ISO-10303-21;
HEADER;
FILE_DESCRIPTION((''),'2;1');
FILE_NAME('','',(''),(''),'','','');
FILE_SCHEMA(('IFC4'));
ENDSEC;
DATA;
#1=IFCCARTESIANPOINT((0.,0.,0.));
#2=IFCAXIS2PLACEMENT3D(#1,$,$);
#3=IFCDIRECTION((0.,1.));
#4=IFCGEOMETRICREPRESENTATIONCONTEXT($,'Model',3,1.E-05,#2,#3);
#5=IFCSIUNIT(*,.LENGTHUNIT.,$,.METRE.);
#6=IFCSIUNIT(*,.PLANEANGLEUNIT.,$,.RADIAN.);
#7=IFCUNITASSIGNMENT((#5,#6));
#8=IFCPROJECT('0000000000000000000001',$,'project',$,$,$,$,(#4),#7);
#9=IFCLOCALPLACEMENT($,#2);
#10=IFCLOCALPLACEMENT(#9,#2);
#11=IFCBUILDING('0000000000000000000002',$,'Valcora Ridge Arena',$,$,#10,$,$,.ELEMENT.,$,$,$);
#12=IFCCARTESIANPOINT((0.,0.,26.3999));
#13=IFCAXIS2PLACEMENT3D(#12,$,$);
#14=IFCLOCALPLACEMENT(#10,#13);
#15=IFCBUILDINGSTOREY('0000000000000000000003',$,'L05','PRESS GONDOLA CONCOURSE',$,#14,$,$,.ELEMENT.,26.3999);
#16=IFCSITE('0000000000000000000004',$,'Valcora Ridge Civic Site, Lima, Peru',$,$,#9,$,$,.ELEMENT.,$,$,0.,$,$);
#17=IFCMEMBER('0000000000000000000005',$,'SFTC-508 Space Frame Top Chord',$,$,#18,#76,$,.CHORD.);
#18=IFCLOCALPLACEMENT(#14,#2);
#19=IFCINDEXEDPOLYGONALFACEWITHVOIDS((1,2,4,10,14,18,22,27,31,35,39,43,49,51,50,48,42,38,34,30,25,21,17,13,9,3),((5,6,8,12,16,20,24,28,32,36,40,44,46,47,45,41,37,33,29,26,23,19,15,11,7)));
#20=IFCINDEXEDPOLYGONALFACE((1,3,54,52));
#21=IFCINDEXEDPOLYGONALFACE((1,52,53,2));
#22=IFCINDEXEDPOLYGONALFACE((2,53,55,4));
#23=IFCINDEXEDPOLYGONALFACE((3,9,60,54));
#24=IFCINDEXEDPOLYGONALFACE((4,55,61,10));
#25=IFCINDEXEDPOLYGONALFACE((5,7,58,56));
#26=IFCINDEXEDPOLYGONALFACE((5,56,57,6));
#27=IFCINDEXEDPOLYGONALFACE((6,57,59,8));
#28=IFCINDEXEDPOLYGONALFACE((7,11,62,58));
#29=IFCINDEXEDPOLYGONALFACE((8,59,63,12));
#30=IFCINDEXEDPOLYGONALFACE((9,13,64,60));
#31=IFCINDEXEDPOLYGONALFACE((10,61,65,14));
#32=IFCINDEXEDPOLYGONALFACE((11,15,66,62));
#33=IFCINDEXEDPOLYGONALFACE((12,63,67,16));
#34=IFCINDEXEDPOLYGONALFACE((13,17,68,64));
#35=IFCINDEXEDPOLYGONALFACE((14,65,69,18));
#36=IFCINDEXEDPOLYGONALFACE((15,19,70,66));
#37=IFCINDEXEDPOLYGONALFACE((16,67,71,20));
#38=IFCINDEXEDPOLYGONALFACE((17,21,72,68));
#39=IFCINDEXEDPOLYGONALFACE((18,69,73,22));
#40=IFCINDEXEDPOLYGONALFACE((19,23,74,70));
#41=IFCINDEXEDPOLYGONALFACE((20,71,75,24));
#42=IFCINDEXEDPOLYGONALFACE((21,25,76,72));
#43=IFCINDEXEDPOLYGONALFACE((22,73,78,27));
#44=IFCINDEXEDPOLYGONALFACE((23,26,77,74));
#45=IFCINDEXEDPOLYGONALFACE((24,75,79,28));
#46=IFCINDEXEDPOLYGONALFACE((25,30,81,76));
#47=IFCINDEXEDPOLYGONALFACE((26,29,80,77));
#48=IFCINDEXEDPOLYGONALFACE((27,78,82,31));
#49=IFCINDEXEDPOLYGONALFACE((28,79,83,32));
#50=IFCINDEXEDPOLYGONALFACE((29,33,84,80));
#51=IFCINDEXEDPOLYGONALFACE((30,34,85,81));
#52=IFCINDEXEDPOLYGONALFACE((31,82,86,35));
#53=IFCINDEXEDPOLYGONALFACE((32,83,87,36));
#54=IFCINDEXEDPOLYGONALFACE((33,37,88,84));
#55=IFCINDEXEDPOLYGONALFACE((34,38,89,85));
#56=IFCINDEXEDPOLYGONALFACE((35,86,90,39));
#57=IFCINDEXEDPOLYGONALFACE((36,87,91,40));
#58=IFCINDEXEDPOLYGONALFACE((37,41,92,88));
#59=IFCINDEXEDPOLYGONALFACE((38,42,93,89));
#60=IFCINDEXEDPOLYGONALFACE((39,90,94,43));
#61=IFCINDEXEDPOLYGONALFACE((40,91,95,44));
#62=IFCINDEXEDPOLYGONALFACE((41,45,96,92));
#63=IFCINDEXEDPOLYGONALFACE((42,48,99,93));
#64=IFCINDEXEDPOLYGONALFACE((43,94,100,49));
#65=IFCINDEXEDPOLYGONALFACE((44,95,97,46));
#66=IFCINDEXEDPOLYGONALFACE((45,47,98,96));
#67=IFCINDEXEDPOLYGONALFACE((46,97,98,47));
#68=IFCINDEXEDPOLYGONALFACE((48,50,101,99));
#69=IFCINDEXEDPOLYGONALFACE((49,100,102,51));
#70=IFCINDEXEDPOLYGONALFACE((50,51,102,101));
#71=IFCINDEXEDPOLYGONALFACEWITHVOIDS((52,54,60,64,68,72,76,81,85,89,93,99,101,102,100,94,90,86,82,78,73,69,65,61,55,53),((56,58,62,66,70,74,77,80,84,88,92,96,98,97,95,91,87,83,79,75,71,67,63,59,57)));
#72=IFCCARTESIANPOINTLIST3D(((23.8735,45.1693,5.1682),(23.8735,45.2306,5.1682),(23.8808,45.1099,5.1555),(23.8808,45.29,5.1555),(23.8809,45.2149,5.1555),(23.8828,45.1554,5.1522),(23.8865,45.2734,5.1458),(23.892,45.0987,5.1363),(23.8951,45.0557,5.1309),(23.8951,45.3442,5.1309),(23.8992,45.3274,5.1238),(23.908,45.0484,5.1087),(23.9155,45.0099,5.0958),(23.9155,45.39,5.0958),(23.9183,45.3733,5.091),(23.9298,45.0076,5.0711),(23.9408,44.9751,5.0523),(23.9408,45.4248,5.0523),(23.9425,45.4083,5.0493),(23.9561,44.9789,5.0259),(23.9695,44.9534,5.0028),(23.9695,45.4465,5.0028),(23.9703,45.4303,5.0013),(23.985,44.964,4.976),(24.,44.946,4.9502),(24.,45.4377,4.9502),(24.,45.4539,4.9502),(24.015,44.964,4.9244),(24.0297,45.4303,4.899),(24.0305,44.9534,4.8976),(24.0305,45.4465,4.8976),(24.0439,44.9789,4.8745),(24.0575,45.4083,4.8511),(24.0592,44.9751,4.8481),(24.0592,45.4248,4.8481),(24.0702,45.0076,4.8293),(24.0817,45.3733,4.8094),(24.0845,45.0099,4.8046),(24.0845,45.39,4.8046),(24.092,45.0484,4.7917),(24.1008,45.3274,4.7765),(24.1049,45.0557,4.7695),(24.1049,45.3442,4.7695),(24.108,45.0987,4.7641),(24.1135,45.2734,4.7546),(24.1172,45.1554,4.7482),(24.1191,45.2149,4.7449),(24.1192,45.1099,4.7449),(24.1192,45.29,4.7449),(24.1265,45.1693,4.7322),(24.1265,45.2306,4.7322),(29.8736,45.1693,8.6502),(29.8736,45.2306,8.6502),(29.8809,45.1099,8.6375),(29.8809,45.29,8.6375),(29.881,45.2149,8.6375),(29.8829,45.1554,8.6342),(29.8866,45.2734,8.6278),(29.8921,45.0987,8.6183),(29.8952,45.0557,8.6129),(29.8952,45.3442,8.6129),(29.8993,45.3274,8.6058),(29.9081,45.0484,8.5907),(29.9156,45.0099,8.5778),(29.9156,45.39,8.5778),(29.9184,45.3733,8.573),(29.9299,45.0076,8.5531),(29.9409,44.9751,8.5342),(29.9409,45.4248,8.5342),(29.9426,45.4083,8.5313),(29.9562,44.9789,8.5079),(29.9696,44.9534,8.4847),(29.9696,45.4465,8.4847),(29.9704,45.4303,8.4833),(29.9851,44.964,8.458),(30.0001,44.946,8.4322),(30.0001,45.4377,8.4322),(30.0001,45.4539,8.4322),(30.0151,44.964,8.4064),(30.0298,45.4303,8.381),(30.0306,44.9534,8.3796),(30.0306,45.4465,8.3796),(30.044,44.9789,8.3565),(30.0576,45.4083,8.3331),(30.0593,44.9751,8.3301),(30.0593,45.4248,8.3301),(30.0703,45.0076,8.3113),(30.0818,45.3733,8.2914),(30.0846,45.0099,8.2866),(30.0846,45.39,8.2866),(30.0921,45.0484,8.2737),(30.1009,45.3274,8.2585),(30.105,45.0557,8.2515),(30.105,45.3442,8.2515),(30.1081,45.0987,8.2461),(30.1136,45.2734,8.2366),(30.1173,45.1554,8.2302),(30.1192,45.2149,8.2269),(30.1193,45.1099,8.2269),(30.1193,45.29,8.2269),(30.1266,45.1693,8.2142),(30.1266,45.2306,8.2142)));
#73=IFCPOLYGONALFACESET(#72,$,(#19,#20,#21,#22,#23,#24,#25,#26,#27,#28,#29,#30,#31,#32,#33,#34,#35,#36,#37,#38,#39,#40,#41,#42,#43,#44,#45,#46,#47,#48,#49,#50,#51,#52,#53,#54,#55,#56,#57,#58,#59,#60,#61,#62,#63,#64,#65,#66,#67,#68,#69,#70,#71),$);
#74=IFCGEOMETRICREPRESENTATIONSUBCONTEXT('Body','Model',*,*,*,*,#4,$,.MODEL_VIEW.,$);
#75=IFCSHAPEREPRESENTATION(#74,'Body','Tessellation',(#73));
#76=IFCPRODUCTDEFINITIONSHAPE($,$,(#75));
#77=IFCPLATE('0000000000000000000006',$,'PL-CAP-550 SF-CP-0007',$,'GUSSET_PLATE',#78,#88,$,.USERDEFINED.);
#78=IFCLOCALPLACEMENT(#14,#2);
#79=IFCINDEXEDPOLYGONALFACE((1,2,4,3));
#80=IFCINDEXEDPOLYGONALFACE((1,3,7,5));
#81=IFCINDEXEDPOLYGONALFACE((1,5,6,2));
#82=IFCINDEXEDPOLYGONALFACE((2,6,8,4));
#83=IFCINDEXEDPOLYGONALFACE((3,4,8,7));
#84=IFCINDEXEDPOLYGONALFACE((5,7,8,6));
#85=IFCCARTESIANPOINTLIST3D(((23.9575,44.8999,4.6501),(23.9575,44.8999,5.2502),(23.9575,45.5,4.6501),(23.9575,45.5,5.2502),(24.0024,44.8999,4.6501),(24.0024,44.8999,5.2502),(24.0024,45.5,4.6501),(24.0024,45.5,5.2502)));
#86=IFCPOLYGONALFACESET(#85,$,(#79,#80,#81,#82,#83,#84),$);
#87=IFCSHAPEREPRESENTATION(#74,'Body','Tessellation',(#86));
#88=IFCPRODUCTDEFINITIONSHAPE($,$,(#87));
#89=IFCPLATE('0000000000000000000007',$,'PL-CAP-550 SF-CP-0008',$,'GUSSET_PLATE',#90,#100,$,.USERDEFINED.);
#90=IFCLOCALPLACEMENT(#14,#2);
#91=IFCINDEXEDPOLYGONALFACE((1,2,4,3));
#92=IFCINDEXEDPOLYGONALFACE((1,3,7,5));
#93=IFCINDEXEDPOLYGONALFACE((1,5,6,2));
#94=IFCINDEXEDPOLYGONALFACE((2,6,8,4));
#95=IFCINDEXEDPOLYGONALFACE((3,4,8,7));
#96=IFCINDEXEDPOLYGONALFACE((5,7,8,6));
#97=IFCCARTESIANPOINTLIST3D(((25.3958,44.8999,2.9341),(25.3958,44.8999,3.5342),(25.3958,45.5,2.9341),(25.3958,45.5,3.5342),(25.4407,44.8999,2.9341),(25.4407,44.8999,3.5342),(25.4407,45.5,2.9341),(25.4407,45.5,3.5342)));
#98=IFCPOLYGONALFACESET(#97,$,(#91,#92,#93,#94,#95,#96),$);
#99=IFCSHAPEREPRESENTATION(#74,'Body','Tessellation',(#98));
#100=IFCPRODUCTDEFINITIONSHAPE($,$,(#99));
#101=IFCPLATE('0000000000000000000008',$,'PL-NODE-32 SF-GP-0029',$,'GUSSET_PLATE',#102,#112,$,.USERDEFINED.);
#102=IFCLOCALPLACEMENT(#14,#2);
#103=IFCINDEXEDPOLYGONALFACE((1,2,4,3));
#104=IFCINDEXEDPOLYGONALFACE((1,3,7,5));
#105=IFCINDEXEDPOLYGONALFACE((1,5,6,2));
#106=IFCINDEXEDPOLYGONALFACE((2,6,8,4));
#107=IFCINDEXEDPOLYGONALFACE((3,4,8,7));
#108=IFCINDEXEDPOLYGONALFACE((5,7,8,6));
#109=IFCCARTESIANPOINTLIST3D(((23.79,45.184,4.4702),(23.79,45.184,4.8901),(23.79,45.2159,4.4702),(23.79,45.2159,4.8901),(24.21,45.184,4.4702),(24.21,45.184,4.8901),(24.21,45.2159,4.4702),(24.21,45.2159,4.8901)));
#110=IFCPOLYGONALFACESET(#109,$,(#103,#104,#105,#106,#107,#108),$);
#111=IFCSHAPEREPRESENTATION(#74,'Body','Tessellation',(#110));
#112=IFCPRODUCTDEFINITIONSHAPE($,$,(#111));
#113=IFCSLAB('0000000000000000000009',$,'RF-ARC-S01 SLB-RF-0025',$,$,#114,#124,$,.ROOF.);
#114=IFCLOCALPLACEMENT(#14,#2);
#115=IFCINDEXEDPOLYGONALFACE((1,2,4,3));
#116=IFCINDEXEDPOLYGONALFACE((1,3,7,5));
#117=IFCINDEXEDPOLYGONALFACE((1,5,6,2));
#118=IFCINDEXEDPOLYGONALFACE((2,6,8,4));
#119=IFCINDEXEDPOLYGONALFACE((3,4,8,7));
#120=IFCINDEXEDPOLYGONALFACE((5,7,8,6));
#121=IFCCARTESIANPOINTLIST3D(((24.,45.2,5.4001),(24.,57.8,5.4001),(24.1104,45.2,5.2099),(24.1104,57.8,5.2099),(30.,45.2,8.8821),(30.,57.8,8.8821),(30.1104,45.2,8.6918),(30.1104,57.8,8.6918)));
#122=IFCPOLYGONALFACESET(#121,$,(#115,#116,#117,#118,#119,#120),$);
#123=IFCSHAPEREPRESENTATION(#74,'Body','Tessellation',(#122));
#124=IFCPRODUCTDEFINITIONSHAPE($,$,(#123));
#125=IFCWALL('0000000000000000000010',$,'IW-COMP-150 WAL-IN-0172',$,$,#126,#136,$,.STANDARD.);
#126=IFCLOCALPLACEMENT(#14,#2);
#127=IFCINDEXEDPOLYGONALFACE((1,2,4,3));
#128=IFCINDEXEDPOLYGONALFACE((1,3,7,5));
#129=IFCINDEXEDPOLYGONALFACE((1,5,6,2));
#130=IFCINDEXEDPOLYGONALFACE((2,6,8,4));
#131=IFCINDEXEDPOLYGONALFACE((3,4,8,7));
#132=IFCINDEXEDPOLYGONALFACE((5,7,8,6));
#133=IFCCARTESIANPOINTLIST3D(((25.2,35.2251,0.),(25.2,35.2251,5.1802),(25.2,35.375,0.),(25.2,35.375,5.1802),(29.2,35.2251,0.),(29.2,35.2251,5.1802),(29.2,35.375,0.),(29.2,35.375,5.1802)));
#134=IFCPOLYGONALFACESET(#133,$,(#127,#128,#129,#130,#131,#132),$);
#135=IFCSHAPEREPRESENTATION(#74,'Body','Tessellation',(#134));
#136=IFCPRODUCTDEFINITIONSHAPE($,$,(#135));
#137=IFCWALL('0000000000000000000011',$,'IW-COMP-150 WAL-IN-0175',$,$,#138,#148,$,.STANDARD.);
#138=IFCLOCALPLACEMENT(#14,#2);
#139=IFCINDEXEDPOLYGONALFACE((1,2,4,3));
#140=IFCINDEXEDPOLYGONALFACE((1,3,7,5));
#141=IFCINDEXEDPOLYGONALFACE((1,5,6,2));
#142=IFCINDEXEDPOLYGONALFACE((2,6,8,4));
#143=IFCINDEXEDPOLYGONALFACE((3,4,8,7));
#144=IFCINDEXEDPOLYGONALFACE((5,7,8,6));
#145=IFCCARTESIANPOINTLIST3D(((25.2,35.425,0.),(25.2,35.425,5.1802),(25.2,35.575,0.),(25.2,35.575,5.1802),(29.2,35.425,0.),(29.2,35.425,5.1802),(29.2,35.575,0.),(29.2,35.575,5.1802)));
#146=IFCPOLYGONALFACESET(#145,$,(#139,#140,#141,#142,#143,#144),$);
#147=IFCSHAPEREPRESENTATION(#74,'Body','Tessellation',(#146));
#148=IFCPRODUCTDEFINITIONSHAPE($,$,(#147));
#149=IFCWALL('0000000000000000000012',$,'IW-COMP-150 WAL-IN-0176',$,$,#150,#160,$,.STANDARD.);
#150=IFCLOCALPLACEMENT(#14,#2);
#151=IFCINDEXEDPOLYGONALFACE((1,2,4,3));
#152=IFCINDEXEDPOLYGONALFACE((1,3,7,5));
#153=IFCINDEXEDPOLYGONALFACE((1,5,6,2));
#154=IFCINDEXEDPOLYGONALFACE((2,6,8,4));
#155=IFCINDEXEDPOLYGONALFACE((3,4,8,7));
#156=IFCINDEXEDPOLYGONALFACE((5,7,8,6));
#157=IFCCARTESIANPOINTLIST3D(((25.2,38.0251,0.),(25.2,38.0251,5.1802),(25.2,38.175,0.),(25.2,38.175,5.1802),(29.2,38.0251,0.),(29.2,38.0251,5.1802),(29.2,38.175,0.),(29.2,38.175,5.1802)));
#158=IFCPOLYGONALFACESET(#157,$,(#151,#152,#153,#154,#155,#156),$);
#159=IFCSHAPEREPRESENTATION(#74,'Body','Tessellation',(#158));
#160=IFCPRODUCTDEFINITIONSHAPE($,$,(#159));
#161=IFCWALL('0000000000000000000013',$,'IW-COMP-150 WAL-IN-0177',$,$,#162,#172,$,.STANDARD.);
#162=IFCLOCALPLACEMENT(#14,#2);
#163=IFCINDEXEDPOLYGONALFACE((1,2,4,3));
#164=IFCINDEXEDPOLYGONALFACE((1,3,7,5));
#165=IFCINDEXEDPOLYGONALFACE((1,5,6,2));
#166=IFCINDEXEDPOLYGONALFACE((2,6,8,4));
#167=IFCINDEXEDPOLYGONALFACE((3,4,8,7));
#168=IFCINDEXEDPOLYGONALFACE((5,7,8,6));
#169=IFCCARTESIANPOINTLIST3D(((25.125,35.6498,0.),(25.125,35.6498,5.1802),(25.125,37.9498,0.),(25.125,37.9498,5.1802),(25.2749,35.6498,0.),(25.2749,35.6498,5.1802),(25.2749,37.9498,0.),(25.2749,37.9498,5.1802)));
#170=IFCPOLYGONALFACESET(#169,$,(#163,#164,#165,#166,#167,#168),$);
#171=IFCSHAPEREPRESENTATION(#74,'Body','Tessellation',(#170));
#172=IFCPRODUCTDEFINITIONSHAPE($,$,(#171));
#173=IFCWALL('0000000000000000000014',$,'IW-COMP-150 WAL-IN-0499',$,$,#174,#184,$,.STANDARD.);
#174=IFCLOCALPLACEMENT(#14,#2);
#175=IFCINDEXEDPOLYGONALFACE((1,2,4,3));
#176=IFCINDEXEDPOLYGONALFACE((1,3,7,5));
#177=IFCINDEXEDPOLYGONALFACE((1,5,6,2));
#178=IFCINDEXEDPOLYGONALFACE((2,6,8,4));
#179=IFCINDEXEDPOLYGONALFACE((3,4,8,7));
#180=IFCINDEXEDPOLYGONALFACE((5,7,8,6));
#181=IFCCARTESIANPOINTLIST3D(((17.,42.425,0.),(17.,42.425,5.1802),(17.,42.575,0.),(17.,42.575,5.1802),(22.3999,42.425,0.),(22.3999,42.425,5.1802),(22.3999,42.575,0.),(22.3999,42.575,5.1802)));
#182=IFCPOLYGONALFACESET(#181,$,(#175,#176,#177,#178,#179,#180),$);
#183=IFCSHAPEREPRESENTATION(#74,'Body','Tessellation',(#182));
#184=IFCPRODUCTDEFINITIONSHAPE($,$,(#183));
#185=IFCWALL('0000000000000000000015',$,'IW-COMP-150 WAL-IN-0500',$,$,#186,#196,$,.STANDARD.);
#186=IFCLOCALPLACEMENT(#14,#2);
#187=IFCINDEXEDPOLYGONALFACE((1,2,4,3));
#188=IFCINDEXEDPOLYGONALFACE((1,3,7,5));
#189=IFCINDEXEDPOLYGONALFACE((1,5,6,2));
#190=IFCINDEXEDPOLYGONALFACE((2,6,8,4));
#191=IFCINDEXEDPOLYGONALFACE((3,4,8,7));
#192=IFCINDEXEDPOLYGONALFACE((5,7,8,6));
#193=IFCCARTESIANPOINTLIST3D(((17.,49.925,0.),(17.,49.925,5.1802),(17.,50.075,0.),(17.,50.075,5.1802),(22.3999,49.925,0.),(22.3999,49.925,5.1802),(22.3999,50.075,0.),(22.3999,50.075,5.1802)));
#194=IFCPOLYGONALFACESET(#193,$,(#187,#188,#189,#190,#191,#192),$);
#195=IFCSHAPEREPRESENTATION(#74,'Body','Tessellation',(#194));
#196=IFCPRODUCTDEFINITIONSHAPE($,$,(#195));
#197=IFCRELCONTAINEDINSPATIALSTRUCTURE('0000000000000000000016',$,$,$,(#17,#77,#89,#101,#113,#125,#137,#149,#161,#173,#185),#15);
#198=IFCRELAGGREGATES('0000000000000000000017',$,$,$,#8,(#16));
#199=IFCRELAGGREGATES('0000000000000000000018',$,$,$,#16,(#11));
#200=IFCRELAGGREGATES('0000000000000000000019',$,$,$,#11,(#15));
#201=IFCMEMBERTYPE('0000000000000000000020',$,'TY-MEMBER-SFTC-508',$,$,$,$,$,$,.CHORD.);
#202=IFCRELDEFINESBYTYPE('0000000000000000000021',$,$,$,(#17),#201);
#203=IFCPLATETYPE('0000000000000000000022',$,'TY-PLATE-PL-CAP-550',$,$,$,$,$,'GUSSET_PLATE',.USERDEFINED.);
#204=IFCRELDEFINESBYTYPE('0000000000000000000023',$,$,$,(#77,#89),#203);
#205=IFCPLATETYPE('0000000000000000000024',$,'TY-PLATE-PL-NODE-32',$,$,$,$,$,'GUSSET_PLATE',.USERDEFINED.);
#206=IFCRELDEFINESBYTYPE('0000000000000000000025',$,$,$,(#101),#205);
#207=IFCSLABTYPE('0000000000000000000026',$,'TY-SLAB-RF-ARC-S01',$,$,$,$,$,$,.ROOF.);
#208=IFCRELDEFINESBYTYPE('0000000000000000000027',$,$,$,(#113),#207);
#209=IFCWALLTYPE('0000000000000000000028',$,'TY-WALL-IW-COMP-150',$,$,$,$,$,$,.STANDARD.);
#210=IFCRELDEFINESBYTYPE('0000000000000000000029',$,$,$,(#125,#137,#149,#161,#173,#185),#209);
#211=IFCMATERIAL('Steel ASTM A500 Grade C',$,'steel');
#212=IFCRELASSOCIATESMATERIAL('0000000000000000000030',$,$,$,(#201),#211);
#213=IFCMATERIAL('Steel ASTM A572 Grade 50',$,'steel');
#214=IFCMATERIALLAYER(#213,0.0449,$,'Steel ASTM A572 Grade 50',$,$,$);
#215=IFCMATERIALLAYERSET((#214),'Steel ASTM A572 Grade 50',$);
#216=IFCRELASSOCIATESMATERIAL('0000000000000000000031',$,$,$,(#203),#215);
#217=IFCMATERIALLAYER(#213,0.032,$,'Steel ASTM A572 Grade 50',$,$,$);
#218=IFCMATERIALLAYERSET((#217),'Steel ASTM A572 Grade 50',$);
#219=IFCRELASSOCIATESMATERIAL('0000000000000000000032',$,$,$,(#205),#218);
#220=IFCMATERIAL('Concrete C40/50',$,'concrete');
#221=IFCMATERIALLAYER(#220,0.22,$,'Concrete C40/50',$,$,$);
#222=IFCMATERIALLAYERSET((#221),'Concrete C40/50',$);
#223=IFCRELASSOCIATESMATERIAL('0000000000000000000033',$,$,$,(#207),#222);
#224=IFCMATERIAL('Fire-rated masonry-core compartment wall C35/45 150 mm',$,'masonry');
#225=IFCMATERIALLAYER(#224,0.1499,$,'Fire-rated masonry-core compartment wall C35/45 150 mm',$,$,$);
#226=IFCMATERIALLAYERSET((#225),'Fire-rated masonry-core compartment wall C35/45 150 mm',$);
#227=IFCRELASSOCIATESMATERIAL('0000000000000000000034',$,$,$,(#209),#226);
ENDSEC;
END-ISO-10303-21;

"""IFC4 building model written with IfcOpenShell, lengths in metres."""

from ifc_helpers import new_model, si_unit, direction, frame, frame_2d, origin, origin_2d, place, context, subcontext, project, spatial, polyline, rectangle, hollow_circle, outline, extrude, material, layer, layer_set, material_profile, profile_set, type_object, element, save


model = new_model("IFC4")

# Units and contexts
model_context = context("Model", 3, precision=1e-05, world=origin(), true_north=direction((0.0, 1.0)))
body_context = subcontext(model_context, "Body", "Model", "MODEL_VIEW")
ifc_project = project(units=[si_unit("LENGTHUNIT", "METRE"), si_unit("PLANEANGLEUNIT", "RADIAN")], contexts=[model_context])

# Site, building, storey
site_placement = place(None, origin())
site = spatial("IfcSite", under=ifc_project, at=site_placement, Name="Valcora Ridge Civic Site, Lima, Peru", CompositionType="ELEMENT", RefElevation=0.0)
building_placement = place(site_placement, origin())
building = spatial("IfcBuilding", under=site, at=building_placement, Name="Valcora Ridge Arena", CompositionType="ELEMENT")
storey_placement = place(building_placement, frame((0.0, 0.0, 26.3999)))
storey = spatial("IfcBuildingStorey", under=building, at=storey_placement, Name="L05", Description="PRESS GONDOLA CONCOURSE", CompositionType="ELEMENT", Elevation=26.3999)

# Member
ifc_material_1 = material(Name="Steel ASTM A572 Grade 50", Category="steel")
ifc_material_2 = material(Name="Steel ASTM A500 Grade C", Category="steel")
ifc_material_profile_1 = material_profile(ifc_material_2, hollow_circle(Radius=0.2539, WallThickness=0.0161, at=origin_2d()), Name="CHS508X16")
ifc_profile_set_1 = profile_set([ifc_material_profile_1], Name="Steel ASTM A500 Grade C")
member_type_1 = type_object("IfcMemberType", Name="TY-MEMBER-SFTC-508", PredefinedType="CHORD", material=ifc_profile_set_1)
member_1_placement = place(storey_placement, frame((24.0, 45.2, 4.9502), z_axis=(0.86491, 0.0, 0.501927), x_axis=(0.0, 1.0, 0.0)))
element("IfcMember", 1, at=member_1_placement, inside=storey, type_object=member_type_1, Name="SFTC-508 Space Frame Top Chord", PredefinedType="CHORD", context=body_context, shape_type="SweptSolid", body=[
    extrude(hollow_circle(Radius=0.2539, WallThickness=0.0161, at=origin_2d()), origin(), (0.0, 0.0, 1.0), 6.9373),
])

# Plates
ifc_layer_1 = layer(ifc_material_1, 0.0449, Name="Steel ASTM A572 Grade 50")
ifc_layer_set_1 = layer_set([ifc_layer_1], Name="Steel ASTM A572 Grade 50")
plate_type_1 = type_object("IfcPlateType", Name="TY-PLATE-PL-CAP-550", ElementType="GUSSET_PLATE", PredefinedType="USERDEFINED", material=ifc_layer_set_1)
for number, where, z_axis, x_axis, name in (
    (2, (23.98, 45.2, 4.6501), (0.0, 0.0, 1.0), (1.0, 0.0, 0.0), "PL-CAP-550 SF-CP-0007"),
    (3, (25.4182, 45.2, 2.9341), (0.0, 0.0, 1.0), (1.0, 0.0, 0.0), "PL-CAP-550 SF-CP-0008"),
):
    element("IfcPlate", number, at=place(storey_placement, frame(where, z_axis=z_axis, x_axis=x_axis)), inside=storey, type_object=plate_type_1, Name=name, ObjectType="GUSSET_PLATE", PredefinedType="USERDEFINED", context=body_context, shape_type="SweptSolid", body=[
        extrude(rectangle(XDim=0.0449, YDim=0.6001, at=origin_2d()), origin(), (0.0, 0.0, 1.0), 0.6001),
    ])
ifc_layer_2 = layer(ifc_material_1, 0.032, Name="Steel ASTM A572 Grade 50")
ifc_layer_set_2 = layer_set([ifc_layer_2], Name="Steel ASTM A572 Grade 50")
plate_type_2 = type_object("IfcPlateType", Name="TY-PLATE-PL-NODE-32", ElementType="GUSSET_PLATE", PredefinedType="USERDEFINED", material=ifc_layer_set_2)
plate_placement = place(storey_placement, frame((24.0, 45.2, 4.4702), z_axis=(0.0, 0.0, 1.0), x_axis=(1.0, 0.0, 0.0)))
element("IfcPlate", 4, at=plate_placement, inside=storey, type_object=plate_type_2, Name="PL-NODE-32 SF-GP-0029", ObjectType="GUSSET_PLATE", PredefinedType="USERDEFINED", context=body_context, shape_type="SweptSolid", body=[
    extrude(rectangle(XDim=0.4199, YDim=0.032, at=origin_2d()), origin(), (0.0, 0.0, 1.0), 0.4199),
])

# Slab
ifc_material_3 = material(Name="Concrete C40/50", Category="concrete")
ifc_layer_3 = layer(ifc_material_3, 0.22, Name="Concrete C40/50")
ifc_layer_set_3 = layer_set([ifc_layer_3], Name="Concrete C40/50")
slab_type = type_object("IfcSlabType", Name="TY-SLAB-RF-ARC-S01", PredefinedType="ROOF", material=ifc_layer_set_3)
slab_placement = place(storey_placement, frame((24.0, 45.2, 5.4001), z_axis=(-0.501927, 0.0, 0.86491), x_axis=(0.86491, 0.0, 0.501927)))
element("IfcSlab", 5, at=slab_placement, inside=storey, type_object=slab_type, Name="RF-ARC-S01 SLB-RF-0025", PredefinedType="ROOF", context=body_context, shape_type="SweptSolid", body=[
    extrude(outline(polyline([(0.0, 0.0), (6.9371, 0.0), (6.9371, 12.6001), (0.0, 12.6001), (0.0, 0.0)])), origin(), (0.0, 0.0, -1.0), 0.22),
])

# Walls
ifc_material_4 = material(Name="Fire-rated masonry-core compartment wall C35/45 150 mm", Category="masonry")
ifc_layer_4 = layer(ifc_material_4, 0.1499, Name="Fire-rated masonry-core compartment wall C35/45 150 mm")
ifc_layer_set_4 = layer_set([ifc_layer_4], Name="Fire-rated masonry-core compartment wall C35/45 150 mm")
wall_type_1 = type_object("IfcWallType", Name="TY-WALL-IW-COMP-150", PredefinedType="STANDARD", material=ifc_layer_set_4)
for number, where, z_axis, x_axis, name in (
    (6, (25.2, 35.3, 0.0), (0.0, 0.0, 1.0), (1.0, 0.0, 0.0), "IW-COMP-150 WAL-IN-0172"),
    (7, (25.2, 35.5, 0.0), (0.0, 0.0, 1.0), (1.0, 0.0, 0.0), "IW-COMP-150 WAL-IN-0175"),
    (8, (25.2, 38.1001, 0.0), (0.0, 0.0, 1.0), (1.0, 0.0, 0.0), "IW-COMP-150 WAL-IN-0176"),
):
    element("IfcWall", number, at=place(storey_placement, frame(where, z_axis=z_axis, x_axis=x_axis)), inside=storey, type_object=wall_type_1, Name=name, PredefinedType="STANDARD", context=body_context, shape_type="SweptSolid", body=[
        extrude(rectangle(XDim=4.0, YDim=0.1499, at=frame_2d((2.0, 0.0))), origin(), (0.0, 0.0, 1.0), 5.1802),
    ])
wall_1_placement = place(storey_placement, frame((25.2, 35.6499, 0.0), z_axis=(0.0, 0.0, 1.0), x_axis=(0.0, 1.0, 0.0)))
element("IfcWall", 9, at=wall_1_placement, inside=storey, type_object=wall_type_1, Name="IW-COMP-150 WAL-IN-0177", PredefinedType="STANDARD", context=body_context, shape_type="SweptSolid", body=[
    extrude(rectangle(XDim=2.3, YDim=0.1499, at=frame_2d((1.1499, 0.0))), origin(), (0.0, 0.0, 1.0), 5.1802),
])
for number, where, z_axis, x_axis, name in (
    (10, (17.0, 42.5, 0.0), (0.0, 0.0, 1.0), (1.0, 0.0, 0.0), "IW-COMP-150 WAL-IN-0499"),
    (11, (17.0, 50.0, 0.0), (0.0, 0.0, 1.0), (1.0, 0.0, 0.0), "IW-COMP-150 WAL-IN-0500"),
):
    element("IfcWall", number, at=place(storey_placement, frame(where, z_axis=z_axis, x_axis=x_axis)), inside=storey, type_object=wall_type_1, Name=name, PredefinedType="STANDARD", context=body_context, shape_type="SweptSolid", body=[
        extrude(rectangle(XDim=5.3999, YDim=0.1499, at=frame_2d((2.7, 0.0))), origin(), (0.0, 0.0, 1.0), 5.1802),
    ])

save(model, "model.ifc")
